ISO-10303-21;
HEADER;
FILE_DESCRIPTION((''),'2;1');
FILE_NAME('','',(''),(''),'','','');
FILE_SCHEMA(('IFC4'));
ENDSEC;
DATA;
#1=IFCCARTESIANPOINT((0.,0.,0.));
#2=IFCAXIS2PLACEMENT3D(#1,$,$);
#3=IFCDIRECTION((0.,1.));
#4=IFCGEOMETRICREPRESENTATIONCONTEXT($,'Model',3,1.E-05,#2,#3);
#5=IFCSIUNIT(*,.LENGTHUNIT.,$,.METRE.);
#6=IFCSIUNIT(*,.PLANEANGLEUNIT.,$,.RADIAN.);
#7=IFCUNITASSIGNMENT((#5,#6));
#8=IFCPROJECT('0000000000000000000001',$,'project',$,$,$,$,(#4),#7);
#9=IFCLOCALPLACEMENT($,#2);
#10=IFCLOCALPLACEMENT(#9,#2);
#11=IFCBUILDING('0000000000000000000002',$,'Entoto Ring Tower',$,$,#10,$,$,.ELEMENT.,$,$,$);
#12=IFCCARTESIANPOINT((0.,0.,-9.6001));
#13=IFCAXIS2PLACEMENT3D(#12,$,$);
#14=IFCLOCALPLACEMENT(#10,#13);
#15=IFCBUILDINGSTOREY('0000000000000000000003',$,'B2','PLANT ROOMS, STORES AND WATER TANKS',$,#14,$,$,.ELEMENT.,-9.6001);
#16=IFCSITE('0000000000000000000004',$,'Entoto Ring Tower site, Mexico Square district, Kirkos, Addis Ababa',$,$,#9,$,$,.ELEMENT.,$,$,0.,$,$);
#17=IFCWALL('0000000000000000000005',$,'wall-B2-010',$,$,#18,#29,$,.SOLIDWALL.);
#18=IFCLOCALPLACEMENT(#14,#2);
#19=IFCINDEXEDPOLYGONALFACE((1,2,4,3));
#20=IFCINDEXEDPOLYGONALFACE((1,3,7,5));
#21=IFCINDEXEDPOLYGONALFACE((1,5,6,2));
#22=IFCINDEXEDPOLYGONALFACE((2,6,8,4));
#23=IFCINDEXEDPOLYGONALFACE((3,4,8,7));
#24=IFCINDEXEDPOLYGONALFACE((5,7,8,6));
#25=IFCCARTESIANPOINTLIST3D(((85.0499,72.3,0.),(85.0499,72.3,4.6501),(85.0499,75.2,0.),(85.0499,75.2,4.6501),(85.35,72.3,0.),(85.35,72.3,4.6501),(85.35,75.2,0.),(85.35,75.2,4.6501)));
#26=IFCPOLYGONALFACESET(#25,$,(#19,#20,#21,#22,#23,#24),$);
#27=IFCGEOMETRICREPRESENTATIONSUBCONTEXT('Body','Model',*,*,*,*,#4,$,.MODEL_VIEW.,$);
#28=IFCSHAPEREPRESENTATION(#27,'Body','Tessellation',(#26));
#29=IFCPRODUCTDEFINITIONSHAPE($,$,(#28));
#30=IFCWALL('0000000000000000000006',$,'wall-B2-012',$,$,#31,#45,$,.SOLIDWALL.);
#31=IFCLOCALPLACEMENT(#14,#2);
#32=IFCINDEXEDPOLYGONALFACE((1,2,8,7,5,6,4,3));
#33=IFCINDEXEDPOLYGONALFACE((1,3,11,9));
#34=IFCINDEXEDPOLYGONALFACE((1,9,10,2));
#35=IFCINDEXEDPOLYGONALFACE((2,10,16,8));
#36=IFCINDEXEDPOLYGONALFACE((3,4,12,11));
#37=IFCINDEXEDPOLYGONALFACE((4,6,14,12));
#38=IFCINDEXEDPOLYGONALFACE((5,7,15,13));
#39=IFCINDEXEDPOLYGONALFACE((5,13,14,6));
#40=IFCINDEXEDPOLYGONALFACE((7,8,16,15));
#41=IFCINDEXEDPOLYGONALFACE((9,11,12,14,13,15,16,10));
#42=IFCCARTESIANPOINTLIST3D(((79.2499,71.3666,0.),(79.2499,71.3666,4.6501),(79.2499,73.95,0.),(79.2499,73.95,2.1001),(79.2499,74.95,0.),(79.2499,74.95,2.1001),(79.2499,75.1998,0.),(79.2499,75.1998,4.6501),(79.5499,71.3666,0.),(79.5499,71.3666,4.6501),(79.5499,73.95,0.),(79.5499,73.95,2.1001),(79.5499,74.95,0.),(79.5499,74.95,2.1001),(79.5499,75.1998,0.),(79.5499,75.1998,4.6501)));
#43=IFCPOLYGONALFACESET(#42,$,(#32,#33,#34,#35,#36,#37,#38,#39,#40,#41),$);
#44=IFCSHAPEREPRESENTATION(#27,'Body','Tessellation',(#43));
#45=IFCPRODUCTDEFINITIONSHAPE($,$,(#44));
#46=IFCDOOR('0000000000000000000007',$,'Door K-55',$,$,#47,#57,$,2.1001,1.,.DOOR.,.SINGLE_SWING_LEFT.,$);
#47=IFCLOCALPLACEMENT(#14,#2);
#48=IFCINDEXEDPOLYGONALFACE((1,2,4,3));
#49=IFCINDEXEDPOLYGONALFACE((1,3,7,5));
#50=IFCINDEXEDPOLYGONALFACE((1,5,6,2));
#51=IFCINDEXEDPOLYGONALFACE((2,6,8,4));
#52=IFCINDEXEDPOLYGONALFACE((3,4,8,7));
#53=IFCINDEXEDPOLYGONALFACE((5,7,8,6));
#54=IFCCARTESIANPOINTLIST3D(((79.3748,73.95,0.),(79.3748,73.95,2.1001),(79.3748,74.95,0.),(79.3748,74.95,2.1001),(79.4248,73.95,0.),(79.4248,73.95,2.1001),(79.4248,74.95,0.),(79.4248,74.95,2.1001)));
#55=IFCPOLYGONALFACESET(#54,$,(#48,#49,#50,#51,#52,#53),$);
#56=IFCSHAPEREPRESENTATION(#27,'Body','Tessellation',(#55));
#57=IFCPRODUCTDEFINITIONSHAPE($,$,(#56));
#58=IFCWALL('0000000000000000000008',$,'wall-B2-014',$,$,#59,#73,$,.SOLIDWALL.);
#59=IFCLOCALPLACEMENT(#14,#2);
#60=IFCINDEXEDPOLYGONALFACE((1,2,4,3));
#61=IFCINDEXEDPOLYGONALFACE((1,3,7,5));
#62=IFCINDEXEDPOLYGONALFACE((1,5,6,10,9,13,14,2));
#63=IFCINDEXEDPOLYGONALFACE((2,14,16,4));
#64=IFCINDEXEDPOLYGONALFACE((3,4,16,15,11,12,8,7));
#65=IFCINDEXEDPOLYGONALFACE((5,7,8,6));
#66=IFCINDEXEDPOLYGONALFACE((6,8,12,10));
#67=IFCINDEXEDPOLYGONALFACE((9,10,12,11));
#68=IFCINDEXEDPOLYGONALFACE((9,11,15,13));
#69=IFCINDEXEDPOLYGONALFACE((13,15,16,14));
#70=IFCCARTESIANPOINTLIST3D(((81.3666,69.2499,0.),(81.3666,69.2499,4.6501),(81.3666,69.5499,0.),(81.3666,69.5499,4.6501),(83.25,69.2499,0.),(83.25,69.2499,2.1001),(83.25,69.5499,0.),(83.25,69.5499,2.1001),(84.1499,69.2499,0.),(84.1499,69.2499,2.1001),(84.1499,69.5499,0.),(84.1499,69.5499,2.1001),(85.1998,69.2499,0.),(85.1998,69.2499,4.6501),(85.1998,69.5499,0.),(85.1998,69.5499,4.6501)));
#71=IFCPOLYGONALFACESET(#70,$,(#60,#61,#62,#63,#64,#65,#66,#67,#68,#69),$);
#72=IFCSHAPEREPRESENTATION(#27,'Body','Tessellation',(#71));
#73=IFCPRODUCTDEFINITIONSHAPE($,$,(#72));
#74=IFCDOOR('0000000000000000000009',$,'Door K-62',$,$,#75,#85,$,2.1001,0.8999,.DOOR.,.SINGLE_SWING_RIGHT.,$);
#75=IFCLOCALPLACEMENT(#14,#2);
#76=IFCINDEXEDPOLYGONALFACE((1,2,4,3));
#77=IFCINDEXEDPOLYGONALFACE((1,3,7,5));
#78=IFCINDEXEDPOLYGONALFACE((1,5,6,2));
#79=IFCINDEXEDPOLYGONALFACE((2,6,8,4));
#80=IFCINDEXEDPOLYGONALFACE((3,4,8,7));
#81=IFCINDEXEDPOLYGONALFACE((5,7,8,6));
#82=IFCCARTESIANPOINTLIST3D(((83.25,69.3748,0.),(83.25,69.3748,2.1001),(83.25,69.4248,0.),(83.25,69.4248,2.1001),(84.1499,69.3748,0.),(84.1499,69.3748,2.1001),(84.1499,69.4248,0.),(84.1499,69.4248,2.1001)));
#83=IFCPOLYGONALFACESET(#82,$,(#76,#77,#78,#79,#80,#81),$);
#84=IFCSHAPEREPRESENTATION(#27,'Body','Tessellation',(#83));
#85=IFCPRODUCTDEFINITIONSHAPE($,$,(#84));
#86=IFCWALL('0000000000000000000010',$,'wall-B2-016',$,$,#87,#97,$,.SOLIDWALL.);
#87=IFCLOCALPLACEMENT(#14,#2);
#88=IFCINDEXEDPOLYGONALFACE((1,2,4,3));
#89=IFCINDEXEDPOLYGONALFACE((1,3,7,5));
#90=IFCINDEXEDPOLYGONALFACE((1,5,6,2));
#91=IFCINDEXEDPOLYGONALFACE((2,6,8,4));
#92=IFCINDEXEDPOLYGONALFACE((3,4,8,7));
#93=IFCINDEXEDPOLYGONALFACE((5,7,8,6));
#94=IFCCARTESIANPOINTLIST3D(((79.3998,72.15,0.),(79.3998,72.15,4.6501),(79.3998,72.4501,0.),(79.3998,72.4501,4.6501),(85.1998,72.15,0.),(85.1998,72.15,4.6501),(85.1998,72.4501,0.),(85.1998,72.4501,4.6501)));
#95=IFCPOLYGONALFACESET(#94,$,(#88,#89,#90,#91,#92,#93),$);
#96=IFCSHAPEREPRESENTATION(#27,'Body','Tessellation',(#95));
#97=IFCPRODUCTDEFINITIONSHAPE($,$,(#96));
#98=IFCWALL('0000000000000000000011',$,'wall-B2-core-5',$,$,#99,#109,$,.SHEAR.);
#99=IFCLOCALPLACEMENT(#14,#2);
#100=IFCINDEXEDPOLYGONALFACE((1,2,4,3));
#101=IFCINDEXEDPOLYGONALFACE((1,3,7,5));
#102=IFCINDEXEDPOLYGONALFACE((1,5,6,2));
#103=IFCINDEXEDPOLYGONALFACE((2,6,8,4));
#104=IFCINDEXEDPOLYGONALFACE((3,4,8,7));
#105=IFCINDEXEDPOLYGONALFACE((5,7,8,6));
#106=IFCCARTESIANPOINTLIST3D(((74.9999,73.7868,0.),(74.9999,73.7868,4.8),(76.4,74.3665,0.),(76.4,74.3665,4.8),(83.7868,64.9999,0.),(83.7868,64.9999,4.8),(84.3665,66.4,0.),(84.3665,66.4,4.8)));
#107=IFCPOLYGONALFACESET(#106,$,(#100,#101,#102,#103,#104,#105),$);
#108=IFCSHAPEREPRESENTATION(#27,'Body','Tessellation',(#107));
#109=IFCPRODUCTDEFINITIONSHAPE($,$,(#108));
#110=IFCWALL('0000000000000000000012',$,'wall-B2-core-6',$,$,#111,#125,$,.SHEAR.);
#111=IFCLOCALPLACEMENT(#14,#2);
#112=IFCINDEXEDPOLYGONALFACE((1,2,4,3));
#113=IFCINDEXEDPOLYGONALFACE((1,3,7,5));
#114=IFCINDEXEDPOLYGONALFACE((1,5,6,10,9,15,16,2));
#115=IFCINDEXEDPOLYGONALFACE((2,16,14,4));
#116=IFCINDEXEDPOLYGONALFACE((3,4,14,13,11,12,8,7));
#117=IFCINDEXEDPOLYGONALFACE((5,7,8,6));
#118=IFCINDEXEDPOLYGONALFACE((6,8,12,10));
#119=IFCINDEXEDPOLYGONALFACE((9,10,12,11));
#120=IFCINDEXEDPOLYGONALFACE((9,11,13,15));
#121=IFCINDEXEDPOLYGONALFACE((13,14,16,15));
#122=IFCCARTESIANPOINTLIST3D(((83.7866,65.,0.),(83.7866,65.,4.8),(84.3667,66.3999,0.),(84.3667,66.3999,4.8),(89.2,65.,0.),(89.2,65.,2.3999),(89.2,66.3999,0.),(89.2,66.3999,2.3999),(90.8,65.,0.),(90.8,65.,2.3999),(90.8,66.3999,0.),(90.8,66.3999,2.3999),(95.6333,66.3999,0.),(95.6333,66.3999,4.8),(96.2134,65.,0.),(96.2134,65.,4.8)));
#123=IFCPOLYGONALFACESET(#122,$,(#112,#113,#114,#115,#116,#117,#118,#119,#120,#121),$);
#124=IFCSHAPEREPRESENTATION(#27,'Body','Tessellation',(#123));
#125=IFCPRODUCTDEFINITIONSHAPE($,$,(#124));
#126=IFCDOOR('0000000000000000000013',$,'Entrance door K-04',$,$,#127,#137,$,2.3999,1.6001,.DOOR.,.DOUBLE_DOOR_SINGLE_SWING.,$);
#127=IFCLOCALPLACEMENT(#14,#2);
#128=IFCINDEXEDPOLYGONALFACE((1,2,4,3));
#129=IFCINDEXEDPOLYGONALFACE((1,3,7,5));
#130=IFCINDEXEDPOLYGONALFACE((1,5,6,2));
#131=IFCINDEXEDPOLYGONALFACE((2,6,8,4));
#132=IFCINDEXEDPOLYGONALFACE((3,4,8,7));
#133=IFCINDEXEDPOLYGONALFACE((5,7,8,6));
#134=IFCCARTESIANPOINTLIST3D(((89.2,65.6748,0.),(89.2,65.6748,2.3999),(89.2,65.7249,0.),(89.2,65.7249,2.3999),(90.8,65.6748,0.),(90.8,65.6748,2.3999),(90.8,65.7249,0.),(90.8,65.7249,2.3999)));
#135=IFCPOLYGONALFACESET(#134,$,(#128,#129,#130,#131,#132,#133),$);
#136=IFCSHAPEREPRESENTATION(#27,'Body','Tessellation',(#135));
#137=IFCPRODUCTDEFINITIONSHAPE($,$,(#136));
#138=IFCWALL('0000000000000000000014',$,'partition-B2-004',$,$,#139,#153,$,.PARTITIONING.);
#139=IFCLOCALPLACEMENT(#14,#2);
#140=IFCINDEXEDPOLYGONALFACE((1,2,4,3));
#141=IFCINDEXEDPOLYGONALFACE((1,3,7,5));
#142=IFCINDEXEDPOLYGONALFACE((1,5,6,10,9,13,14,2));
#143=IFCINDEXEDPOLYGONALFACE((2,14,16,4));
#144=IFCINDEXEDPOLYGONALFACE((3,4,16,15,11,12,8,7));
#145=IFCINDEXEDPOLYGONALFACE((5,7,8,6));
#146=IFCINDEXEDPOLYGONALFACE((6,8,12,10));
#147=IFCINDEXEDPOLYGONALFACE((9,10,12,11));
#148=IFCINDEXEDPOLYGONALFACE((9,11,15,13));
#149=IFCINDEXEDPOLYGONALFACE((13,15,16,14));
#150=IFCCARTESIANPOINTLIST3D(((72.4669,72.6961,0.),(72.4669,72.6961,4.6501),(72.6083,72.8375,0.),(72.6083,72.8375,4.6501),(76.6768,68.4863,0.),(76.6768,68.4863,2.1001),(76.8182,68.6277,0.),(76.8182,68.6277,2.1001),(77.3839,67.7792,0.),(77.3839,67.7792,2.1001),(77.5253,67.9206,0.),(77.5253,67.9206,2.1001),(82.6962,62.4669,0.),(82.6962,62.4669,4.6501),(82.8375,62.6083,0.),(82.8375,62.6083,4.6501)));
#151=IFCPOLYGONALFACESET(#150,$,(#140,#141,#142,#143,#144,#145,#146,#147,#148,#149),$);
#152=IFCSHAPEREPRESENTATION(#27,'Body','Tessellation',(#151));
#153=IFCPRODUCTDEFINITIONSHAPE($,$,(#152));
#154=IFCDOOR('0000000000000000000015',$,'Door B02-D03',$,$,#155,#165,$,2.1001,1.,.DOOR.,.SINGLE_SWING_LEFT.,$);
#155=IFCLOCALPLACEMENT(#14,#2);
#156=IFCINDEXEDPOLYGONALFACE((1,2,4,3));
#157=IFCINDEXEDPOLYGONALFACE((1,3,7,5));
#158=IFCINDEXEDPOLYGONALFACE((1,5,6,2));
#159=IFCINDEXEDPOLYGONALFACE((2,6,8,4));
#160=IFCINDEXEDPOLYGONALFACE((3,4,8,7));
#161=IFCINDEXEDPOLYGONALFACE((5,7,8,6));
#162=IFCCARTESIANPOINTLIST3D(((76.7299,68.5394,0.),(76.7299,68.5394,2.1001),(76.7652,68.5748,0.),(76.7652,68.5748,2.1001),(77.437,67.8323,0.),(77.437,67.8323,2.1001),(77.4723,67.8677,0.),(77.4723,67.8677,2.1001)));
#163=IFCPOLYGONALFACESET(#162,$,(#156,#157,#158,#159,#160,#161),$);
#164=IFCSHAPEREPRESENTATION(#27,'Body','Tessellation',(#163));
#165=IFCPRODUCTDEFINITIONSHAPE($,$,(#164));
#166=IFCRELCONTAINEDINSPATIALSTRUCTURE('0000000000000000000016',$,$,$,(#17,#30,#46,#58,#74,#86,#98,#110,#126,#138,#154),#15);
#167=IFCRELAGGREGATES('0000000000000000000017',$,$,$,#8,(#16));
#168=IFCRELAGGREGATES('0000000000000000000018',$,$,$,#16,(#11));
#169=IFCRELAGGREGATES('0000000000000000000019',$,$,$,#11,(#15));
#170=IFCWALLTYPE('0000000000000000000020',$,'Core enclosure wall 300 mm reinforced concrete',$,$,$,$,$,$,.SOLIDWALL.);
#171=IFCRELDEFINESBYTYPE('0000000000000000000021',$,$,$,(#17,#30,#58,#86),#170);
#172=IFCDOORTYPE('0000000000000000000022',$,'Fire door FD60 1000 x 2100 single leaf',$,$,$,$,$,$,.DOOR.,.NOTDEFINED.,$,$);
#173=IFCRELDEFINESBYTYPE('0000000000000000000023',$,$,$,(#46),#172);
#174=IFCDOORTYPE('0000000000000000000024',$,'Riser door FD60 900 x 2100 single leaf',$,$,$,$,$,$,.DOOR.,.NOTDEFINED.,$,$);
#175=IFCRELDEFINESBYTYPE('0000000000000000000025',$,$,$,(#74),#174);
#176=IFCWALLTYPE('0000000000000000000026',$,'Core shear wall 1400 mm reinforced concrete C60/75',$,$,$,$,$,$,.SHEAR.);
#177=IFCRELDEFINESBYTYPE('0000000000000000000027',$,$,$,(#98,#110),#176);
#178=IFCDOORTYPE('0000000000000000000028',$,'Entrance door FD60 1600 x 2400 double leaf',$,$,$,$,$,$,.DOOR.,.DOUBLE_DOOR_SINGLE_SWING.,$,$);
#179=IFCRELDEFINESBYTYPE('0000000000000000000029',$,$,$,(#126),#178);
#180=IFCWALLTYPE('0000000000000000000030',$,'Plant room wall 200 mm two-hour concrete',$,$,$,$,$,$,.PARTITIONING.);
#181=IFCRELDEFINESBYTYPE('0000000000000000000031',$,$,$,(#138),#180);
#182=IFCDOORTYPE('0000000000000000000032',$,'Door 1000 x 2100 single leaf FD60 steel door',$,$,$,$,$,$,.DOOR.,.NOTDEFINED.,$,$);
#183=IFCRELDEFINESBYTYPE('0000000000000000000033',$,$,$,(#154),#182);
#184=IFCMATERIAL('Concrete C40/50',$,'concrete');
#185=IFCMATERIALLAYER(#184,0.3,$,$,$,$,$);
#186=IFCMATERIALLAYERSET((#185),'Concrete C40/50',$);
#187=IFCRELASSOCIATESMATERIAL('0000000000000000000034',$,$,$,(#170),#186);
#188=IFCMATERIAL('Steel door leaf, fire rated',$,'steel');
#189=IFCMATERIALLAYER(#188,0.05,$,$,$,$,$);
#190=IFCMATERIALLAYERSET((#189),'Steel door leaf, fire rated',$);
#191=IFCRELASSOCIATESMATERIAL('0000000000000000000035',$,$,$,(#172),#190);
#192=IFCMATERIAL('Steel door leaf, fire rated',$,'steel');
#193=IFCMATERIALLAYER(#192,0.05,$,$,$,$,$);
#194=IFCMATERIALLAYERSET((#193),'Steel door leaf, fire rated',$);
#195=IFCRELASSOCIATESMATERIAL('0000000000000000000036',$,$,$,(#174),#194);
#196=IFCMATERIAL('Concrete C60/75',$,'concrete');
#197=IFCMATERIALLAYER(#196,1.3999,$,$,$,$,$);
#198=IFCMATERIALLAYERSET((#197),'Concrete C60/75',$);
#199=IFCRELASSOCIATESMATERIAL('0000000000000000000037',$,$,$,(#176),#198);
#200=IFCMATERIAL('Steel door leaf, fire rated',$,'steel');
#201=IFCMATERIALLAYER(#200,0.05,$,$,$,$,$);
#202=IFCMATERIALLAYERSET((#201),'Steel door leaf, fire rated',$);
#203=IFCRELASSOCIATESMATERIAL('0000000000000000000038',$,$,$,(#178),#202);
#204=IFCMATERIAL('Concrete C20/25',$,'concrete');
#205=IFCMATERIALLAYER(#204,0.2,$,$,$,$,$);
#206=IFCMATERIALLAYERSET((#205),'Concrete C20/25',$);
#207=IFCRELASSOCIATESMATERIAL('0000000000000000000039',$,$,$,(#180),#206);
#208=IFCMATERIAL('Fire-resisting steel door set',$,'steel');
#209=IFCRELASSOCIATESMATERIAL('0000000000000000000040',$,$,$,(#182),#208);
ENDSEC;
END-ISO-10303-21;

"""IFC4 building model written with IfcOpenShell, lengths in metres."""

from ifc_helpers import new_model, si_unit, direction, frame, frame_2d, origin, place, context, subcontext, project, spatial, polyline, rectangle, outline, extrude, material, layer, layer_set, type_object, element, fill, save


model = new_model("IFC4")

# Units and contexts
model_context = context("Model", 3, precision=1e-05, world=origin(), true_north=direction((0.0, 1.0)))
body_context = subcontext(model_context, "Body", "Model", "MODEL_VIEW")
ifc_project = project(units=[si_unit("LENGTHUNIT", "METRE"), si_unit("PLANEANGLEUNIT", "RADIAN")], contexts=[model_context])

# Site, building, storey
site_placement = place(None, origin())
site = spatial("IfcSite", under=ifc_project, at=site_placement, Name="Entoto Ring Tower site, Mexico Square district, Kirkos, Addis Ababa", CompositionType="ELEMENT", RefElevation=0.0)
building_placement = place(site_placement, origin())
building = spatial("IfcBuilding", under=site, at=building_placement, Name="Entoto Ring Tower", CompositionType="ELEMENT")
storey_placement = place(building_placement, frame((0.0, 0.0, -9.6001)))
storey = spatial("IfcBuildingStorey", under=building, at=storey_placement, Name="B2", Description="PLANT ROOMS, STORES AND WATER TANKS", CompositionType="ELEMENT", Elevation=-9.6001)

# Shared definitions
ifc_material_1 = material(Name="Concrete C40/50", Category="concrete")
ifc_layer_1 = layer(ifc_material_1, 0.3)
ifc_layer_set_1 = layer_set([ifc_layer_1], Name="Concrete C40/50")
wall_type_1 = type_object("IfcWallType", Name="Core enclosure wall 300 mm reinforced concrete", PredefinedType="SOLIDWALL", material=ifc_layer_set_1)

# Wall
wall_1_placement = place(storey_placement, frame((85.2, 72.3, 0.0), z_axis=(0.0, 0.0, 1.0), x_axis=(0.0, 1.0, 0.0)))
element("IfcWall", 1, at=wall_1_placement, inside=storey, type_object=wall_type_1, Name="wall-B2-010", PredefinedType="SOLIDWALL", context=body_context, shape_type="SweptSolid", body=[
    extrude(rectangle(XDim=2.8999, YDim=0.3, at=frame_2d((1.45, 0.0))), origin(), (0.0, 0.0, 1.0), 4.6501),
])

# Walls, openings, doors
wall_2_placement = place(storey_placement, frame((79.3999, 71.3667, 0.0), z_axis=(0.0, 0.0, 1.0), x_axis=(0.0, 1.0, 0.0)))
wall_2 = element("IfcWall", 2, at=wall_2_placement, inside=storey, type_object=wall_type_1, Name="wall-B2-012", PredefinedType="SOLIDWALL", context=body_context, shape_type="SweptSolid", body=[
    extrude(rectangle(XDim=3.8333, YDim=0.3, at=frame_2d((1.9165, 0.0))), origin(), (0.0, 0.0, 1.0), 4.6501),
])
opening_1_placement = place(wall_2_placement, frame((2.5833, 0.0, 0.0)))
opening_1 = element("IfcOpeningElement", 3, at=opening_1_placement, cuts=wall_2, PredefinedType="OPENING", context=body_context, shape_type="SweptSolid", body=[
    extrude(rectangle(XDim=1.0, YDim=2.1001, at=frame_2d((0.5, 1.05))), frame((0.0, 0.1602, 0.0), z_axis=(0.0, -1.0, 0.0), x_axis=(1.0, 0.0, 0.0)), (0.0, 0.0, 1.0), 0.3201),
])
ifc_material_2 = material(Name="Steel door leaf, fire rated", Category="steel")
ifc_layer_2 = layer(ifc_material_2, 0.05)
ifc_layer_set_2 = layer_set([ifc_layer_2], Name="Steel door leaf, fire rated")
door_type_1 = type_object("IfcDoorType", Name="Fire door FD60 1000 x 2100 single leaf", OperationType="NOTDEFINED", PredefinedType="DOOR", material=ifc_layer_set_2)
door_1_placement = place(opening_1_placement, frame((1.0, 0.0, 0.0), z_axis=(0.0, 0.0, 1.0), x_axis=(-1.0, 0.0, 0.0)))
door_1 = element("IfcDoor", 4, at=door_1_placement, inside=storey, type_object=door_type_1, Name="Door K-55", OperationType="SINGLE_SWING_LEFT", OverallHeight=2.1001, OverallWidth=1.0, PredefinedType="DOOR", context=body_context, shape_type="SweptSolid", body=[
    extrude(rectangle(XDim=1.0, YDim=2.1001, at=frame_2d((0.5, 1.05))), frame((0.0, 0.0249, 0.0), z_axis=(0.0, -1.0, 0.0), x_axis=(1.0, 0.0, 0.0)), (0.0, 0.0, 1.0), 0.05),
])
fill(opening_1, door_1)
wall_3_placement = place(storey_placement, frame((81.3667, 69.3999, 0.0), z_axis=(0.0, 0.0, 1.0), x_axis=(1.0, 0.0, 0.0)))
wall_3 = element("IfcWall", 5, at=wall_3_placement, inside=storey, type_object=wall_type_1, Name="wall-B2-014", PredefinedType="SOLIDWALL", context=body_context, shape_type="SweptSolid", body=[
    extrude(rectangle(XDim=3.8333, YDim=0.3, at=frame_2d((1.9165, 0.0))), origin(), (0.0, 0.0, 1.0), 4.6501),
])
opening_2_placement = place(wall_3_placement, frame((1.8833, 0.0, 0.0)))
opening_2 = element("IfcOpeningElement", 6, at=opening_2_placement, cuts=wall_3, PredefinedType="OPENING", context=body_context, shape_type="SweptSolid", body=[
    extrude(rectangle(XDim=0.8999, YDim=2.1001, at=frame_2d((0.45, 1.05))), frame((0.0, 0.1602, 0.0), z_axis=(0.0, -1.0, 0.0), x_axis=(1.0, 0.0, 0.0)), (0.0, 0.0, 1.0), 0.3201),
])
ifc_material_3 = material(Name="Steel door leaf, fire rated", Category="steel")
ifc_layer_3 = layer(ifc_material_3, 0.05)
ifc_layer_set_3 = layer_set([ifc_layer_3], Name="Steel door leaf, fire rated")
door_type_2 = type_object("IfcDoorType", Name="Riser door FD60 900 x 2100 single leaf", OperationType="NOTDEFINED", PredefinedType="DOOR", material=ifc_layer_set_3)
door_2_placement = place(opening_2_placement, origin())
door_2 = element("IfcDoor", 7, at=door_2_placement, inside=storey, type_object=door_type_2, Name="Door K-62", OperationType="SINGLE_SWING_RIGHT", OverallHeight=2.1001, OverallWidth=0.8999, PredefinedType="DOOR", context=body_context, shape_type="SweptSolid", body=[
    extrude(rectangle(XDim=0.8999, YDim=2.1001, at=frame_2d((0.45, 1.05))), frame((0.0, 0.0249, 0.0), z_axis=(0.0, -1.0, 0.0), x_axis=(1.0, 0.0, 0.0)), (0.0, 0.0, 1.0), 0.05),
])
fill(opening_2, door_2)

# Walls
wall_4_placement = place(storey_placement, frame((79.3999, 72.3, 0.0), z_axis=(0.0, 0.0, 1.0), x_axis=(1.0, 0.0, 0.0)))
element("IfcWall", 8, at=wall_4_placement, inside=storey, type_object=wall_type_1, Name="wall-B2-016", PredefinedType="SOLIDWALL", context=body_context, shape_type="SweptSolid", body=[
    extrude(rectangle(XDim=5.8, YDim=0.3, at=frame_2d((2.8999, 0.0))), origin(), (0.0, 0.0, 1.0), 4.6501),
])
ifc_material_4 = material(Name="Concrete C60/75", Category="concrete")
ifc_layer_4 = layer(ifc_material_4, 1.3999)
ifc_layer_set_4 = layer_set([ifc_layer_4], Name="Concrete C60/75")
wall_type_2 = type_object("IfcWallType", Name="Core shear wall 1400 mm reinforced concrete C60/75", PredefinedType="SHEAR", material=ifc_layer_set_4)
wall_5_placement = place(storey_placement, frame((75.7, 74.0767, 0.0), z_axis=(0.0, 0.0, 1.0), x_axis=(0.707107, -0.707107, 0.0)))
element("IfcWall", 9, at=wall_5_placement, inside=storey, type_object=wall_type_2, Name="wall-B2-core-5", PredefinedType="SHEAR", context=body_context, shape_type="SweptSolid", body=[
    extrude(outline(polyline([(-0.29, -0.7), (12.1365, -0.7), (11.5564, 0.7), (0.29, 0.7), (-0.29, -0.7)])), origin(), (0.0, 0.0, 1.0), 4.8),
])

# Walls, openings, doors
wall_6_placement = place(storey_placement, frame((84.0767, 65.7, 0.0), z_axis=(0.0, 0.0, 1.0), x_axis=(1.0, 0.0, 0.0)))
wall_6 = element("IfcWall", 10, at=wall_6_placement, inside=storey, type_object=wall_type_2, Name="wall-B2-core-6", PredefinedType="SHEAR", context=body_context, shape_type="SweptSolid", body=[
    extrude(outline(polyline([(-0.29, -0.7), (12.1367, -0.7), (11.5566, 0.7), (0.29, 0.7), (-0.29, -0.7)])), origin(), (0.0, 0.0, 1.0), 4.8),
])
opening_3_placement = place(wall_6_placement, frame((5.1233, 0.0, 0.0)))
opening_3 = element("IfcOpeningElement", 11, at=opening_3_placement, cuts=wall_6, PredefinedType="OPENING", context=body_context, shape_type="SweptSolid", body=[
    extrude(rectangle(XDim=1.6001, YDim=2.3999, at=frame_2d((0.8, 1.2))), frame((0.0, 0.71, 0.0), z_axis=(0.0, -1.0, 0.0), x_axis=(1.0, 0.0, 0.0)), (0.0, 0.0, 1.0), 1.4199),
])
ifc_material_5 = material(Name="Steel door leaf, fire rated", Category="steel")
ifc_layer_5 = layer(ifc_material_5, 0.05)
ifc_layer_set_5 = layer_set([ifc_layer_5], Name="Steel door leaf, fire rated")
door_type_3 = type_object("IfcDoorType", Name="Entrance door FD60 1600 x 2400 double leaf", OperationType="DOUBLE_DOOR_SINGLE_SWING", PredefinedType="DOOR", material=ifc_layer_set_5)
door_3_placement = place(opening_3_placement, origin())
door_3 = element("IfcDoor", 12, at=door_3_placement, inside=storey, type_object=door_type_3, Name="Entrance door K-04", OperationType="DOUBLE_DOOR_SINGLE_SWING", OverallHeight=2.3999, OverallWidth=1.6001, PredefinedType="DOOR", context=body_context, shape_type="SweptSolid", body=[
    extrude(rectangle(XDim=1.6001, YDim=2.3999, at=frame_2d((0.8, 1.2))), frame((0.0, 0.0249, 0.0), z_axis=(0.0, -1.0, 0.0), x_axis=(1.0, 0.0, 0.0)), (0.0, 0.0, 1.0), 0.05),
])
fill(opening_3, door_3)
ifc_material_6 = material(Name="Concrete C20/25", Category="concrete")
ifc_layer_6 = layer(ifc_material_6, 0.2)
ifc_layer_set_6 = layer_set([ifc_layer_6], Name="Concrete C20/25")
wall_type_3 = type_object("IfcWallType", Name="Plant room wall 200 mm two-hour concrete", PredefinedType="PARTITIONING", material=ifc_layer_set_6)
wall_7_placement = place(storey_placement, frame((82.7668, 62.5376, 0.0), z_axis=(0.0, 0.0, 1.0), x_axis=(-0.707107, 0.707107, 0.0)))
wall_7 = element("IfcWall", 13, at=wall_7_placement, inside=storey, type_object=wall_type_3, Name="partition-B2-004", PredefinedType="PARTITIONING", context=body_context, shape_type="SweptSolid", body=[
    extrude(rectangle(XDim=14.4663, YDim=0.2, at=frame_2d((7.2332, 0.0))), origin(), (0.0, 0.0, 1.0), 4.6501),
])
opening_4_placement = place(wall_7_placement, frame((7.5127, 0.0, 0.0)))
opening_4 = element("IfcOpeningElement", 14, at=opening_4_placement, cuts=wall_7, PredefinedType="OPENING", context=body_context, shape_type="SweptSolid", body=[
    extrude(rectangle(XDim=1.0, YDim=2.1001, at=frame_2d((0.5, 1.05))), frame((0.0, 0.1099, 0.0), z_axis=(0.0, -1.0, 0.0), x_axis=(1.0, 0.0, 0.0)), (0.0, 0.0, 1.0), 0.22),
])
ifc_material_7 = material(Name="Fire-resisting steel door set", Category="steel")
door_type_4 = type_object("IfcDoorType", Name="Door 1000 x 2100 single leaf FD60 steel door", OperationType="NOTDEFINED", PredefinedType="DOOR", material=ifc_material_7)
door_4_placement = place(opening_4_placement, origin())
door_4 = element("IfcDoor", 15, at=door_4_placement, inside=storey, type_object=door_type_4, Name="Door B02-D03", OperationType="SINGLE_SWING_LEFT", OverallHeight=2.1001, OverallWidth=1.0, PredefinedType="DOOR", context=body_context, shape_type="SweptSolid", body=[
    extrude(rectangle(XDim=1.0, YDim=2.1001, at=frame_2d((0.5, 1.05))), frame((0.0, 0.0249, 0.0), z_axis=(0.0, -1.0, 0.0), x_axis=(1.0, 0.0, 0.0)), (0.0, 0.0, 1.0), 0.05),
])
fill(opening_4, door_4)

save(model, "model.ifc")
